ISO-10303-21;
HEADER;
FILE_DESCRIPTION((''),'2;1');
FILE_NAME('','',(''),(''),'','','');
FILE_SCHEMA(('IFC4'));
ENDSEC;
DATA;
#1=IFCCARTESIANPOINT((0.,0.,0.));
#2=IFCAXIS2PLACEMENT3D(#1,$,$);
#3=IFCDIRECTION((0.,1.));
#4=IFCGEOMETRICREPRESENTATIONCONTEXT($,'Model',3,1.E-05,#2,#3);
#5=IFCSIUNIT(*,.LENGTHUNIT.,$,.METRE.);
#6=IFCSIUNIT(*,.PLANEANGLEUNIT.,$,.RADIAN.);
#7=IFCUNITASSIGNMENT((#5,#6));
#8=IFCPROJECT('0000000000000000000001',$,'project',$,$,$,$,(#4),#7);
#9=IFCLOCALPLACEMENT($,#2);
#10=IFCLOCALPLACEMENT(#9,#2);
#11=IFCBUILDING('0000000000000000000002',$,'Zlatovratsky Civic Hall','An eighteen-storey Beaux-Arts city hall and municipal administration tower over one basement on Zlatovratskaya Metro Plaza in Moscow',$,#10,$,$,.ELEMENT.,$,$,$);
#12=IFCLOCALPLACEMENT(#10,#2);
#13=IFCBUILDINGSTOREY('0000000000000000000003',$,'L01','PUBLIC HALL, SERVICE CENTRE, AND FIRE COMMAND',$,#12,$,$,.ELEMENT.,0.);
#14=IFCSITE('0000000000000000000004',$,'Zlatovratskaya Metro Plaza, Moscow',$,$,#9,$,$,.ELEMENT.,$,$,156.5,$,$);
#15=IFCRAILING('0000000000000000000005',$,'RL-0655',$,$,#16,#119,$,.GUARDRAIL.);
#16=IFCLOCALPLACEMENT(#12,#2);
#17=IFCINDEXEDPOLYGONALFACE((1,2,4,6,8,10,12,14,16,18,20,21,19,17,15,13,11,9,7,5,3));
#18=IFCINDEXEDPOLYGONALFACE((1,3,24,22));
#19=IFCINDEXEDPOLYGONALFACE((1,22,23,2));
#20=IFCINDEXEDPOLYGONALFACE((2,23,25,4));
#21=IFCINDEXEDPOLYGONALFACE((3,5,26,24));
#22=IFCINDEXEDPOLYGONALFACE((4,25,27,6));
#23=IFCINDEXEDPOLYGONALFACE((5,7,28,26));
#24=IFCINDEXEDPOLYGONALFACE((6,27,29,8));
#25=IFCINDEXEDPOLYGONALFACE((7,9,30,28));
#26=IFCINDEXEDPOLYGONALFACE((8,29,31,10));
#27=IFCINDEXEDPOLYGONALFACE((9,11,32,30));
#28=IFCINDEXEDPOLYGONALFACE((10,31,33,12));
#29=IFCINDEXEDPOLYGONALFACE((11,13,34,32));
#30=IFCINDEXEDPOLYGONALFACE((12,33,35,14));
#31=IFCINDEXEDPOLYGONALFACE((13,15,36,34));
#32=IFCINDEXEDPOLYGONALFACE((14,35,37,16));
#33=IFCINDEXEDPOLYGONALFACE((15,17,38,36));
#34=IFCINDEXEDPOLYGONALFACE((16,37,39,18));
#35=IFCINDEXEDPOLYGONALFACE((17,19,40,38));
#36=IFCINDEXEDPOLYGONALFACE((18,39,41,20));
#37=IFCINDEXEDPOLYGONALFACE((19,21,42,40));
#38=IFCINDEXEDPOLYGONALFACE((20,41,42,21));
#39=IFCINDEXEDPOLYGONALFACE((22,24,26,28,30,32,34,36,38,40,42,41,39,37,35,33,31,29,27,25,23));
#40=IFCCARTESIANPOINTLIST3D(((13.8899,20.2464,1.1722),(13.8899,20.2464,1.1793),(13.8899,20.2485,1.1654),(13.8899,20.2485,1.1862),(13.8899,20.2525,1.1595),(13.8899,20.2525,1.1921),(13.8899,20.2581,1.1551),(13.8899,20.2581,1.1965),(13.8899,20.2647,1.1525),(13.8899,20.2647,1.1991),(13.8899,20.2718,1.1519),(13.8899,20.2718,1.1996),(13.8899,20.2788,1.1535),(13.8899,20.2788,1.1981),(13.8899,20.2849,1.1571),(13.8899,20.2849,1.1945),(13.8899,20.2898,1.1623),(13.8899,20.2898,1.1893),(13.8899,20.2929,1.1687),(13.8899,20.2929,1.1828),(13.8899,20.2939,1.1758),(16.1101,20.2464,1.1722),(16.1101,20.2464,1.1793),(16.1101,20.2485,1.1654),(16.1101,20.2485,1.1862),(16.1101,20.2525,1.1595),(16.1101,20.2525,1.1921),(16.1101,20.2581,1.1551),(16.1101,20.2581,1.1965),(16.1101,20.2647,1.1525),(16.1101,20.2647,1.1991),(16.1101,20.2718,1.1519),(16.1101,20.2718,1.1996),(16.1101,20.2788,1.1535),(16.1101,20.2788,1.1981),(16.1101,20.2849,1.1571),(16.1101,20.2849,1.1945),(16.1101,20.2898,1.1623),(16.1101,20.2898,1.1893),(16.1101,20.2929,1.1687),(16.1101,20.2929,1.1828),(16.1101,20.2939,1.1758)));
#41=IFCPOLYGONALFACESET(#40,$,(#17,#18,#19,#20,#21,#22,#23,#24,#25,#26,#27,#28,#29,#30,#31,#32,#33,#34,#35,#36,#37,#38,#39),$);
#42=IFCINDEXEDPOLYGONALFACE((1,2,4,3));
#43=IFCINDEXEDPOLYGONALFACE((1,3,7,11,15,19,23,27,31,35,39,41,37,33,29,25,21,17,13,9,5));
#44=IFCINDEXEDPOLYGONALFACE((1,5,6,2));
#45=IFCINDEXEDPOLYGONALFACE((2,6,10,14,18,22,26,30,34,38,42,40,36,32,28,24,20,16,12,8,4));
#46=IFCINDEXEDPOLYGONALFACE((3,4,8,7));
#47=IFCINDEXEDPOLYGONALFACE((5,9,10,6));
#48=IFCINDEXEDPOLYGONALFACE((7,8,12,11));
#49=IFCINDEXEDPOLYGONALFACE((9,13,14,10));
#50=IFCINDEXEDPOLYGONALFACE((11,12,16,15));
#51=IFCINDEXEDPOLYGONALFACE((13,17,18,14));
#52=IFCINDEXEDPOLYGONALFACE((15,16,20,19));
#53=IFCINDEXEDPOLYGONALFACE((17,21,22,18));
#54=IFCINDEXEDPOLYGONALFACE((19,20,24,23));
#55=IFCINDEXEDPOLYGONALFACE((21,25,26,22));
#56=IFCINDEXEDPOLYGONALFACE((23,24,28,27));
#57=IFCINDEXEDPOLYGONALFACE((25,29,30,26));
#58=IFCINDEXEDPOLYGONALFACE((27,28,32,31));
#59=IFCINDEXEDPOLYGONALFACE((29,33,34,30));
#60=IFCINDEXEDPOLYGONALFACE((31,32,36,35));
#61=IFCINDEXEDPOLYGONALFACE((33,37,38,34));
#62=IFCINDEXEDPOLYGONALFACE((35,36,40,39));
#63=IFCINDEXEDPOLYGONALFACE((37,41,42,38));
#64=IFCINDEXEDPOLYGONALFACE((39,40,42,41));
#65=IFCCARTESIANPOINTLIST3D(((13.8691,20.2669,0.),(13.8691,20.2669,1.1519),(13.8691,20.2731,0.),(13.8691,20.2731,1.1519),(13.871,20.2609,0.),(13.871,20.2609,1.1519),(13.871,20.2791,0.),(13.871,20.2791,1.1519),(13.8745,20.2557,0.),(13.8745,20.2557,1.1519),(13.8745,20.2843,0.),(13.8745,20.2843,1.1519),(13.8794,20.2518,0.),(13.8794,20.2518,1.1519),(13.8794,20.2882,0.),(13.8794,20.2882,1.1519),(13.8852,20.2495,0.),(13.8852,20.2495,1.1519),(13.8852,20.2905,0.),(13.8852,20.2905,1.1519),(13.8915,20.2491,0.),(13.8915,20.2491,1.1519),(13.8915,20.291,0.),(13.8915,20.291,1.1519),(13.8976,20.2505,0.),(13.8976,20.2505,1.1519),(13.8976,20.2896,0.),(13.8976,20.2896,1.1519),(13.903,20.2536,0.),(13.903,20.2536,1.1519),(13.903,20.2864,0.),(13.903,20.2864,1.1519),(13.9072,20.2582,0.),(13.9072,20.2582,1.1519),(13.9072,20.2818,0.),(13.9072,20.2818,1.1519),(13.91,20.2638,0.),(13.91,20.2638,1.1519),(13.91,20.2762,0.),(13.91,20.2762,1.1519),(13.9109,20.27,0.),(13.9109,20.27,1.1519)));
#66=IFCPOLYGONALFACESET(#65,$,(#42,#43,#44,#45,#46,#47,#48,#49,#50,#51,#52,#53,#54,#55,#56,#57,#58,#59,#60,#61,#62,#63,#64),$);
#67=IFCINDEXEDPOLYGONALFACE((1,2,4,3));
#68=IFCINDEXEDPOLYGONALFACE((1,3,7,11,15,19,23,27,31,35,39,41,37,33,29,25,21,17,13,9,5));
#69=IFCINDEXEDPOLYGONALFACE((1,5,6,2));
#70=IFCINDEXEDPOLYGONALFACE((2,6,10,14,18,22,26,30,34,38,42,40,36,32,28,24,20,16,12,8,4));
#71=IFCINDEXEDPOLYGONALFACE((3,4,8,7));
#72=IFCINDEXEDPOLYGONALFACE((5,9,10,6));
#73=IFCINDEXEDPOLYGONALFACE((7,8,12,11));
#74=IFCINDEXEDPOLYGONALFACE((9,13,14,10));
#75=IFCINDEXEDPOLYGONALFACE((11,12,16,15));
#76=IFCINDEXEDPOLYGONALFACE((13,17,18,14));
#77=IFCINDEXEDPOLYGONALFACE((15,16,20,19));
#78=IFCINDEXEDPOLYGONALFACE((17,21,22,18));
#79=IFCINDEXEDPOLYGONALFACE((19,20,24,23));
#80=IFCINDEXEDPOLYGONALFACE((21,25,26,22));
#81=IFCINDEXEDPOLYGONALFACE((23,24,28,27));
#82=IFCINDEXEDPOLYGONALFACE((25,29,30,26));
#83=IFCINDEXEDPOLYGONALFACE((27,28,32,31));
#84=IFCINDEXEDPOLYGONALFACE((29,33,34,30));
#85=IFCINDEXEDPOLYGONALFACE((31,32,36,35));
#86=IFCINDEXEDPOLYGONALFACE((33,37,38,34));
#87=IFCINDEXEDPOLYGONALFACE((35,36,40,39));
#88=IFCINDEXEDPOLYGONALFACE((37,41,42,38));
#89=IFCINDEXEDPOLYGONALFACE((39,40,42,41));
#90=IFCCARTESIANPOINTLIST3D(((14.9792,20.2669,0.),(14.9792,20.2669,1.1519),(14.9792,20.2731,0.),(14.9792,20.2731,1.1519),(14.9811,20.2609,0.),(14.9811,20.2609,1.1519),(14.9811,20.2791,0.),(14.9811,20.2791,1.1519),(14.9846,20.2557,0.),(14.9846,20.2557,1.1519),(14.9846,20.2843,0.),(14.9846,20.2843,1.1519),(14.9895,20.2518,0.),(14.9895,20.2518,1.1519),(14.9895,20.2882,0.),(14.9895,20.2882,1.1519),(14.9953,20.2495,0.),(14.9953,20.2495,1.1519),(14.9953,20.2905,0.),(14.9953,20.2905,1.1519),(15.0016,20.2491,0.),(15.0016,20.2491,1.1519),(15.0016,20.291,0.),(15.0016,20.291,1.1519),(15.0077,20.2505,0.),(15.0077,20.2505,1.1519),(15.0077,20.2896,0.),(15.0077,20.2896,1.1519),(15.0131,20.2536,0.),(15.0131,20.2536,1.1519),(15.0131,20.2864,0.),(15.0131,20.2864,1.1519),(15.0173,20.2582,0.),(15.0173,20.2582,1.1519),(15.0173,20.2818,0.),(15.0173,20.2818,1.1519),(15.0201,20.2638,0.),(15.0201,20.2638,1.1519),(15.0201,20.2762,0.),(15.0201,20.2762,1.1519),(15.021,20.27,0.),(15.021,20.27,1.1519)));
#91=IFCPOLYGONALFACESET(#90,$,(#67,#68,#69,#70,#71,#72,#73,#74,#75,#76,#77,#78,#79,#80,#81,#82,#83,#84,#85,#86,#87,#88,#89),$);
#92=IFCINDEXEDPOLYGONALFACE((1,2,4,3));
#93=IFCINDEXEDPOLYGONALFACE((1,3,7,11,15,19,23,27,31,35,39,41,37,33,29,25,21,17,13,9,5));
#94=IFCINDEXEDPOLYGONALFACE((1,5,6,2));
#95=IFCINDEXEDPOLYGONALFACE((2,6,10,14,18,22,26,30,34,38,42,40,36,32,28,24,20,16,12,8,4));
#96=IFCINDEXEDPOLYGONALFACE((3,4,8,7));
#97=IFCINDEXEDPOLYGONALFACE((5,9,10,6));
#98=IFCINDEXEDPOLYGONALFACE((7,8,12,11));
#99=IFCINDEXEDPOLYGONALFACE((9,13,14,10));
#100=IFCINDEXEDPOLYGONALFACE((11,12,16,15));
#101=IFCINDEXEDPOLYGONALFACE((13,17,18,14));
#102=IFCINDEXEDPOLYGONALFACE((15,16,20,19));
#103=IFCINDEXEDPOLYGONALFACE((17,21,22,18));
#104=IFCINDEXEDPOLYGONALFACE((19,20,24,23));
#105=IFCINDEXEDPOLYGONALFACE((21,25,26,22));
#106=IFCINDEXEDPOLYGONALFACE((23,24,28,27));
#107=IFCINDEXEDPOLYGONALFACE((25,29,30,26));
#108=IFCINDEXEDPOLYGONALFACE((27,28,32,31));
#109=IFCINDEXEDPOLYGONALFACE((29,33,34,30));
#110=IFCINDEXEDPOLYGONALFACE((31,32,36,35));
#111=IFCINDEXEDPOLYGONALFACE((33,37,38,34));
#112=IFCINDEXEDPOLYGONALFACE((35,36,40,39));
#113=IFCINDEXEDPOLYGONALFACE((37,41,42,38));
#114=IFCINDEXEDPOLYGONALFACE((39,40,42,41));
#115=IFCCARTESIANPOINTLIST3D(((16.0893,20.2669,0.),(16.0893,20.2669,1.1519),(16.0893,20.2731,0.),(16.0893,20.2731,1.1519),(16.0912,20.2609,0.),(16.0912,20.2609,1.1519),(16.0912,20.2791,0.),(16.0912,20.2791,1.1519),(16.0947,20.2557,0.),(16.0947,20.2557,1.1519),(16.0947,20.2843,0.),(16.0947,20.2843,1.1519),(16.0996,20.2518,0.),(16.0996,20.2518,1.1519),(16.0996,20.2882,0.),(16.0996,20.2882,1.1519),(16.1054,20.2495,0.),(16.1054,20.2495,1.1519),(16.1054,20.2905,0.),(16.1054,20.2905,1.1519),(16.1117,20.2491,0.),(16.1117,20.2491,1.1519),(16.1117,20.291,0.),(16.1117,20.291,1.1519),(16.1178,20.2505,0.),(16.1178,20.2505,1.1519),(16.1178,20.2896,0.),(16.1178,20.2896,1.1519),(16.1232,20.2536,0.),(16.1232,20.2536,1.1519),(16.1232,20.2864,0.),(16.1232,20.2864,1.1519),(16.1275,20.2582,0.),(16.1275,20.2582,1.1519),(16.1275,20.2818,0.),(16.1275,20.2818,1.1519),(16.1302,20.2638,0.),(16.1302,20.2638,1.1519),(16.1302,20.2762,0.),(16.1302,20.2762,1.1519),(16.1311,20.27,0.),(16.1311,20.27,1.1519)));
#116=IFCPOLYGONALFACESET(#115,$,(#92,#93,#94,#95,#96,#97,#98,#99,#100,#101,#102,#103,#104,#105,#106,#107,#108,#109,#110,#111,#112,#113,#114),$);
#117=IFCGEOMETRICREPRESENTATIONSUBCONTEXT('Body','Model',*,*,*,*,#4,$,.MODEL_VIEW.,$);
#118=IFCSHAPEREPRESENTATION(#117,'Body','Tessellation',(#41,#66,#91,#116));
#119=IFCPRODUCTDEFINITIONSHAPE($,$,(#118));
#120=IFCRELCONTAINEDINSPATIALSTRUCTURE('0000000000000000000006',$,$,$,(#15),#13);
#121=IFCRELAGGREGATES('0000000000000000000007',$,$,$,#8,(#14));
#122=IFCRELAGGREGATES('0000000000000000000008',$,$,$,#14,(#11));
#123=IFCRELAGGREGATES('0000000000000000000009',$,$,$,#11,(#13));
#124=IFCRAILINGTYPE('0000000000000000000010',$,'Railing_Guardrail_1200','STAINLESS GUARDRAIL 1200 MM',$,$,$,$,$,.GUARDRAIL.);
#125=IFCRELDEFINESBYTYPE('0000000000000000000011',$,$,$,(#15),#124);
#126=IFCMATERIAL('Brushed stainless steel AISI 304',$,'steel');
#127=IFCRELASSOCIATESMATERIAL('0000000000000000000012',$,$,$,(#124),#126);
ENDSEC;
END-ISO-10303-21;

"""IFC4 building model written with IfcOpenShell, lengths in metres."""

from ifc_helpers import new_model, si_unit, direction, frame, origin, origin_2d, place, context, subcontext, project, spatial, circle, extrude, material, type_object, element, save


model = new_model("IFC4")

# Units and contexts
model_context = context("Model", 3, precision=1e-05, world=origin(), true_north=direction((0.0, 1.0)))
body_context = subcontext(model_context, "Body", "Model", "MODEL_VIEW")
ifc_project = project(units=[si_unit("LENGTHUNIT", "METRE"), si_unit("PLANEANGLEUNIT", "RADIAN")], contexts=[model_context])

# Site, building, storey
site_placement = place(None, origin())
site = spatial("IfcSite", under=ifc_project, at=site_placement, Name="Zlatovratskaya Metro Plaza, Moscow", CompositionType="ELEMENT", RefElevation=156.5)
building_placement = place(site_placement, origin())
building = spatial("IfcBuilding", under=site, at=building_placement, Name="Zlatovratsky Civic Hall", Description="An eighteen-storey Beaux-Arts city hall and municipal administration tower over one basement on Zlatovratskaya Metro Plaza in Moscow", CompositionType="ELEMENT")
storey_placement = place(building_placement, origin())
storey = spatial("IfcBuildingStorey", under=building, at=storey_placement, Name="L01", Description="PUBLIC HALL, SERVICE CENTRE, AND FIRE COMMAND", CompositionType="ELEMENT", Elevation=0.0)

# Railing
ifc_material_1 = material(Name="Brushed stainless steel AISI 304", Category="steel")
railing_type_1 = type_object("IfcRailingType", Name="Railing_Guardrail_1200", Description="STAINLESS GUARDRAIL 1200 MM", PredefinedType="GUARDRAIL", material=ifc_material_1)
railing_1_placement = place(storey_placement, frame((13.8899, 20.27, 0.0)))
element("IfcRailing", 1, at=railing_1_placement, inside=storey, type_object=railing_type_1, Name="RL-0655", PredefinedType="GUARDRAIL", context=body_context, shape_type="SweptSolid", body=[
    extrude(circle(Radius=0.0239, at=origin_2d()), frame((0.0, 0.0, 1.1758), z_axis=(1.0, 0.0, 0.0), x_axis=(0.0, 1.0, 0.0)), (0.0, 0.0, 1.0), 2.2202),
    extrude(circle(Radius=0.021, at=origin_2d()), origin(), (0.0, 0.0, 1.0), 1.1519),
    extrude(circle(Radius=0.021, at=origin_2d()), frame((1.1101, 0.0, 0.0)), (0.0, 0.0, 1.0), 1.1519),
    extrude(circle(Radius=0.021, at=origin_2d()), frame((2.2202, 0.0, 0.0)), (0.0, 0.0, 1.0), 1.1519),
])

save(model, "model.ifc")
